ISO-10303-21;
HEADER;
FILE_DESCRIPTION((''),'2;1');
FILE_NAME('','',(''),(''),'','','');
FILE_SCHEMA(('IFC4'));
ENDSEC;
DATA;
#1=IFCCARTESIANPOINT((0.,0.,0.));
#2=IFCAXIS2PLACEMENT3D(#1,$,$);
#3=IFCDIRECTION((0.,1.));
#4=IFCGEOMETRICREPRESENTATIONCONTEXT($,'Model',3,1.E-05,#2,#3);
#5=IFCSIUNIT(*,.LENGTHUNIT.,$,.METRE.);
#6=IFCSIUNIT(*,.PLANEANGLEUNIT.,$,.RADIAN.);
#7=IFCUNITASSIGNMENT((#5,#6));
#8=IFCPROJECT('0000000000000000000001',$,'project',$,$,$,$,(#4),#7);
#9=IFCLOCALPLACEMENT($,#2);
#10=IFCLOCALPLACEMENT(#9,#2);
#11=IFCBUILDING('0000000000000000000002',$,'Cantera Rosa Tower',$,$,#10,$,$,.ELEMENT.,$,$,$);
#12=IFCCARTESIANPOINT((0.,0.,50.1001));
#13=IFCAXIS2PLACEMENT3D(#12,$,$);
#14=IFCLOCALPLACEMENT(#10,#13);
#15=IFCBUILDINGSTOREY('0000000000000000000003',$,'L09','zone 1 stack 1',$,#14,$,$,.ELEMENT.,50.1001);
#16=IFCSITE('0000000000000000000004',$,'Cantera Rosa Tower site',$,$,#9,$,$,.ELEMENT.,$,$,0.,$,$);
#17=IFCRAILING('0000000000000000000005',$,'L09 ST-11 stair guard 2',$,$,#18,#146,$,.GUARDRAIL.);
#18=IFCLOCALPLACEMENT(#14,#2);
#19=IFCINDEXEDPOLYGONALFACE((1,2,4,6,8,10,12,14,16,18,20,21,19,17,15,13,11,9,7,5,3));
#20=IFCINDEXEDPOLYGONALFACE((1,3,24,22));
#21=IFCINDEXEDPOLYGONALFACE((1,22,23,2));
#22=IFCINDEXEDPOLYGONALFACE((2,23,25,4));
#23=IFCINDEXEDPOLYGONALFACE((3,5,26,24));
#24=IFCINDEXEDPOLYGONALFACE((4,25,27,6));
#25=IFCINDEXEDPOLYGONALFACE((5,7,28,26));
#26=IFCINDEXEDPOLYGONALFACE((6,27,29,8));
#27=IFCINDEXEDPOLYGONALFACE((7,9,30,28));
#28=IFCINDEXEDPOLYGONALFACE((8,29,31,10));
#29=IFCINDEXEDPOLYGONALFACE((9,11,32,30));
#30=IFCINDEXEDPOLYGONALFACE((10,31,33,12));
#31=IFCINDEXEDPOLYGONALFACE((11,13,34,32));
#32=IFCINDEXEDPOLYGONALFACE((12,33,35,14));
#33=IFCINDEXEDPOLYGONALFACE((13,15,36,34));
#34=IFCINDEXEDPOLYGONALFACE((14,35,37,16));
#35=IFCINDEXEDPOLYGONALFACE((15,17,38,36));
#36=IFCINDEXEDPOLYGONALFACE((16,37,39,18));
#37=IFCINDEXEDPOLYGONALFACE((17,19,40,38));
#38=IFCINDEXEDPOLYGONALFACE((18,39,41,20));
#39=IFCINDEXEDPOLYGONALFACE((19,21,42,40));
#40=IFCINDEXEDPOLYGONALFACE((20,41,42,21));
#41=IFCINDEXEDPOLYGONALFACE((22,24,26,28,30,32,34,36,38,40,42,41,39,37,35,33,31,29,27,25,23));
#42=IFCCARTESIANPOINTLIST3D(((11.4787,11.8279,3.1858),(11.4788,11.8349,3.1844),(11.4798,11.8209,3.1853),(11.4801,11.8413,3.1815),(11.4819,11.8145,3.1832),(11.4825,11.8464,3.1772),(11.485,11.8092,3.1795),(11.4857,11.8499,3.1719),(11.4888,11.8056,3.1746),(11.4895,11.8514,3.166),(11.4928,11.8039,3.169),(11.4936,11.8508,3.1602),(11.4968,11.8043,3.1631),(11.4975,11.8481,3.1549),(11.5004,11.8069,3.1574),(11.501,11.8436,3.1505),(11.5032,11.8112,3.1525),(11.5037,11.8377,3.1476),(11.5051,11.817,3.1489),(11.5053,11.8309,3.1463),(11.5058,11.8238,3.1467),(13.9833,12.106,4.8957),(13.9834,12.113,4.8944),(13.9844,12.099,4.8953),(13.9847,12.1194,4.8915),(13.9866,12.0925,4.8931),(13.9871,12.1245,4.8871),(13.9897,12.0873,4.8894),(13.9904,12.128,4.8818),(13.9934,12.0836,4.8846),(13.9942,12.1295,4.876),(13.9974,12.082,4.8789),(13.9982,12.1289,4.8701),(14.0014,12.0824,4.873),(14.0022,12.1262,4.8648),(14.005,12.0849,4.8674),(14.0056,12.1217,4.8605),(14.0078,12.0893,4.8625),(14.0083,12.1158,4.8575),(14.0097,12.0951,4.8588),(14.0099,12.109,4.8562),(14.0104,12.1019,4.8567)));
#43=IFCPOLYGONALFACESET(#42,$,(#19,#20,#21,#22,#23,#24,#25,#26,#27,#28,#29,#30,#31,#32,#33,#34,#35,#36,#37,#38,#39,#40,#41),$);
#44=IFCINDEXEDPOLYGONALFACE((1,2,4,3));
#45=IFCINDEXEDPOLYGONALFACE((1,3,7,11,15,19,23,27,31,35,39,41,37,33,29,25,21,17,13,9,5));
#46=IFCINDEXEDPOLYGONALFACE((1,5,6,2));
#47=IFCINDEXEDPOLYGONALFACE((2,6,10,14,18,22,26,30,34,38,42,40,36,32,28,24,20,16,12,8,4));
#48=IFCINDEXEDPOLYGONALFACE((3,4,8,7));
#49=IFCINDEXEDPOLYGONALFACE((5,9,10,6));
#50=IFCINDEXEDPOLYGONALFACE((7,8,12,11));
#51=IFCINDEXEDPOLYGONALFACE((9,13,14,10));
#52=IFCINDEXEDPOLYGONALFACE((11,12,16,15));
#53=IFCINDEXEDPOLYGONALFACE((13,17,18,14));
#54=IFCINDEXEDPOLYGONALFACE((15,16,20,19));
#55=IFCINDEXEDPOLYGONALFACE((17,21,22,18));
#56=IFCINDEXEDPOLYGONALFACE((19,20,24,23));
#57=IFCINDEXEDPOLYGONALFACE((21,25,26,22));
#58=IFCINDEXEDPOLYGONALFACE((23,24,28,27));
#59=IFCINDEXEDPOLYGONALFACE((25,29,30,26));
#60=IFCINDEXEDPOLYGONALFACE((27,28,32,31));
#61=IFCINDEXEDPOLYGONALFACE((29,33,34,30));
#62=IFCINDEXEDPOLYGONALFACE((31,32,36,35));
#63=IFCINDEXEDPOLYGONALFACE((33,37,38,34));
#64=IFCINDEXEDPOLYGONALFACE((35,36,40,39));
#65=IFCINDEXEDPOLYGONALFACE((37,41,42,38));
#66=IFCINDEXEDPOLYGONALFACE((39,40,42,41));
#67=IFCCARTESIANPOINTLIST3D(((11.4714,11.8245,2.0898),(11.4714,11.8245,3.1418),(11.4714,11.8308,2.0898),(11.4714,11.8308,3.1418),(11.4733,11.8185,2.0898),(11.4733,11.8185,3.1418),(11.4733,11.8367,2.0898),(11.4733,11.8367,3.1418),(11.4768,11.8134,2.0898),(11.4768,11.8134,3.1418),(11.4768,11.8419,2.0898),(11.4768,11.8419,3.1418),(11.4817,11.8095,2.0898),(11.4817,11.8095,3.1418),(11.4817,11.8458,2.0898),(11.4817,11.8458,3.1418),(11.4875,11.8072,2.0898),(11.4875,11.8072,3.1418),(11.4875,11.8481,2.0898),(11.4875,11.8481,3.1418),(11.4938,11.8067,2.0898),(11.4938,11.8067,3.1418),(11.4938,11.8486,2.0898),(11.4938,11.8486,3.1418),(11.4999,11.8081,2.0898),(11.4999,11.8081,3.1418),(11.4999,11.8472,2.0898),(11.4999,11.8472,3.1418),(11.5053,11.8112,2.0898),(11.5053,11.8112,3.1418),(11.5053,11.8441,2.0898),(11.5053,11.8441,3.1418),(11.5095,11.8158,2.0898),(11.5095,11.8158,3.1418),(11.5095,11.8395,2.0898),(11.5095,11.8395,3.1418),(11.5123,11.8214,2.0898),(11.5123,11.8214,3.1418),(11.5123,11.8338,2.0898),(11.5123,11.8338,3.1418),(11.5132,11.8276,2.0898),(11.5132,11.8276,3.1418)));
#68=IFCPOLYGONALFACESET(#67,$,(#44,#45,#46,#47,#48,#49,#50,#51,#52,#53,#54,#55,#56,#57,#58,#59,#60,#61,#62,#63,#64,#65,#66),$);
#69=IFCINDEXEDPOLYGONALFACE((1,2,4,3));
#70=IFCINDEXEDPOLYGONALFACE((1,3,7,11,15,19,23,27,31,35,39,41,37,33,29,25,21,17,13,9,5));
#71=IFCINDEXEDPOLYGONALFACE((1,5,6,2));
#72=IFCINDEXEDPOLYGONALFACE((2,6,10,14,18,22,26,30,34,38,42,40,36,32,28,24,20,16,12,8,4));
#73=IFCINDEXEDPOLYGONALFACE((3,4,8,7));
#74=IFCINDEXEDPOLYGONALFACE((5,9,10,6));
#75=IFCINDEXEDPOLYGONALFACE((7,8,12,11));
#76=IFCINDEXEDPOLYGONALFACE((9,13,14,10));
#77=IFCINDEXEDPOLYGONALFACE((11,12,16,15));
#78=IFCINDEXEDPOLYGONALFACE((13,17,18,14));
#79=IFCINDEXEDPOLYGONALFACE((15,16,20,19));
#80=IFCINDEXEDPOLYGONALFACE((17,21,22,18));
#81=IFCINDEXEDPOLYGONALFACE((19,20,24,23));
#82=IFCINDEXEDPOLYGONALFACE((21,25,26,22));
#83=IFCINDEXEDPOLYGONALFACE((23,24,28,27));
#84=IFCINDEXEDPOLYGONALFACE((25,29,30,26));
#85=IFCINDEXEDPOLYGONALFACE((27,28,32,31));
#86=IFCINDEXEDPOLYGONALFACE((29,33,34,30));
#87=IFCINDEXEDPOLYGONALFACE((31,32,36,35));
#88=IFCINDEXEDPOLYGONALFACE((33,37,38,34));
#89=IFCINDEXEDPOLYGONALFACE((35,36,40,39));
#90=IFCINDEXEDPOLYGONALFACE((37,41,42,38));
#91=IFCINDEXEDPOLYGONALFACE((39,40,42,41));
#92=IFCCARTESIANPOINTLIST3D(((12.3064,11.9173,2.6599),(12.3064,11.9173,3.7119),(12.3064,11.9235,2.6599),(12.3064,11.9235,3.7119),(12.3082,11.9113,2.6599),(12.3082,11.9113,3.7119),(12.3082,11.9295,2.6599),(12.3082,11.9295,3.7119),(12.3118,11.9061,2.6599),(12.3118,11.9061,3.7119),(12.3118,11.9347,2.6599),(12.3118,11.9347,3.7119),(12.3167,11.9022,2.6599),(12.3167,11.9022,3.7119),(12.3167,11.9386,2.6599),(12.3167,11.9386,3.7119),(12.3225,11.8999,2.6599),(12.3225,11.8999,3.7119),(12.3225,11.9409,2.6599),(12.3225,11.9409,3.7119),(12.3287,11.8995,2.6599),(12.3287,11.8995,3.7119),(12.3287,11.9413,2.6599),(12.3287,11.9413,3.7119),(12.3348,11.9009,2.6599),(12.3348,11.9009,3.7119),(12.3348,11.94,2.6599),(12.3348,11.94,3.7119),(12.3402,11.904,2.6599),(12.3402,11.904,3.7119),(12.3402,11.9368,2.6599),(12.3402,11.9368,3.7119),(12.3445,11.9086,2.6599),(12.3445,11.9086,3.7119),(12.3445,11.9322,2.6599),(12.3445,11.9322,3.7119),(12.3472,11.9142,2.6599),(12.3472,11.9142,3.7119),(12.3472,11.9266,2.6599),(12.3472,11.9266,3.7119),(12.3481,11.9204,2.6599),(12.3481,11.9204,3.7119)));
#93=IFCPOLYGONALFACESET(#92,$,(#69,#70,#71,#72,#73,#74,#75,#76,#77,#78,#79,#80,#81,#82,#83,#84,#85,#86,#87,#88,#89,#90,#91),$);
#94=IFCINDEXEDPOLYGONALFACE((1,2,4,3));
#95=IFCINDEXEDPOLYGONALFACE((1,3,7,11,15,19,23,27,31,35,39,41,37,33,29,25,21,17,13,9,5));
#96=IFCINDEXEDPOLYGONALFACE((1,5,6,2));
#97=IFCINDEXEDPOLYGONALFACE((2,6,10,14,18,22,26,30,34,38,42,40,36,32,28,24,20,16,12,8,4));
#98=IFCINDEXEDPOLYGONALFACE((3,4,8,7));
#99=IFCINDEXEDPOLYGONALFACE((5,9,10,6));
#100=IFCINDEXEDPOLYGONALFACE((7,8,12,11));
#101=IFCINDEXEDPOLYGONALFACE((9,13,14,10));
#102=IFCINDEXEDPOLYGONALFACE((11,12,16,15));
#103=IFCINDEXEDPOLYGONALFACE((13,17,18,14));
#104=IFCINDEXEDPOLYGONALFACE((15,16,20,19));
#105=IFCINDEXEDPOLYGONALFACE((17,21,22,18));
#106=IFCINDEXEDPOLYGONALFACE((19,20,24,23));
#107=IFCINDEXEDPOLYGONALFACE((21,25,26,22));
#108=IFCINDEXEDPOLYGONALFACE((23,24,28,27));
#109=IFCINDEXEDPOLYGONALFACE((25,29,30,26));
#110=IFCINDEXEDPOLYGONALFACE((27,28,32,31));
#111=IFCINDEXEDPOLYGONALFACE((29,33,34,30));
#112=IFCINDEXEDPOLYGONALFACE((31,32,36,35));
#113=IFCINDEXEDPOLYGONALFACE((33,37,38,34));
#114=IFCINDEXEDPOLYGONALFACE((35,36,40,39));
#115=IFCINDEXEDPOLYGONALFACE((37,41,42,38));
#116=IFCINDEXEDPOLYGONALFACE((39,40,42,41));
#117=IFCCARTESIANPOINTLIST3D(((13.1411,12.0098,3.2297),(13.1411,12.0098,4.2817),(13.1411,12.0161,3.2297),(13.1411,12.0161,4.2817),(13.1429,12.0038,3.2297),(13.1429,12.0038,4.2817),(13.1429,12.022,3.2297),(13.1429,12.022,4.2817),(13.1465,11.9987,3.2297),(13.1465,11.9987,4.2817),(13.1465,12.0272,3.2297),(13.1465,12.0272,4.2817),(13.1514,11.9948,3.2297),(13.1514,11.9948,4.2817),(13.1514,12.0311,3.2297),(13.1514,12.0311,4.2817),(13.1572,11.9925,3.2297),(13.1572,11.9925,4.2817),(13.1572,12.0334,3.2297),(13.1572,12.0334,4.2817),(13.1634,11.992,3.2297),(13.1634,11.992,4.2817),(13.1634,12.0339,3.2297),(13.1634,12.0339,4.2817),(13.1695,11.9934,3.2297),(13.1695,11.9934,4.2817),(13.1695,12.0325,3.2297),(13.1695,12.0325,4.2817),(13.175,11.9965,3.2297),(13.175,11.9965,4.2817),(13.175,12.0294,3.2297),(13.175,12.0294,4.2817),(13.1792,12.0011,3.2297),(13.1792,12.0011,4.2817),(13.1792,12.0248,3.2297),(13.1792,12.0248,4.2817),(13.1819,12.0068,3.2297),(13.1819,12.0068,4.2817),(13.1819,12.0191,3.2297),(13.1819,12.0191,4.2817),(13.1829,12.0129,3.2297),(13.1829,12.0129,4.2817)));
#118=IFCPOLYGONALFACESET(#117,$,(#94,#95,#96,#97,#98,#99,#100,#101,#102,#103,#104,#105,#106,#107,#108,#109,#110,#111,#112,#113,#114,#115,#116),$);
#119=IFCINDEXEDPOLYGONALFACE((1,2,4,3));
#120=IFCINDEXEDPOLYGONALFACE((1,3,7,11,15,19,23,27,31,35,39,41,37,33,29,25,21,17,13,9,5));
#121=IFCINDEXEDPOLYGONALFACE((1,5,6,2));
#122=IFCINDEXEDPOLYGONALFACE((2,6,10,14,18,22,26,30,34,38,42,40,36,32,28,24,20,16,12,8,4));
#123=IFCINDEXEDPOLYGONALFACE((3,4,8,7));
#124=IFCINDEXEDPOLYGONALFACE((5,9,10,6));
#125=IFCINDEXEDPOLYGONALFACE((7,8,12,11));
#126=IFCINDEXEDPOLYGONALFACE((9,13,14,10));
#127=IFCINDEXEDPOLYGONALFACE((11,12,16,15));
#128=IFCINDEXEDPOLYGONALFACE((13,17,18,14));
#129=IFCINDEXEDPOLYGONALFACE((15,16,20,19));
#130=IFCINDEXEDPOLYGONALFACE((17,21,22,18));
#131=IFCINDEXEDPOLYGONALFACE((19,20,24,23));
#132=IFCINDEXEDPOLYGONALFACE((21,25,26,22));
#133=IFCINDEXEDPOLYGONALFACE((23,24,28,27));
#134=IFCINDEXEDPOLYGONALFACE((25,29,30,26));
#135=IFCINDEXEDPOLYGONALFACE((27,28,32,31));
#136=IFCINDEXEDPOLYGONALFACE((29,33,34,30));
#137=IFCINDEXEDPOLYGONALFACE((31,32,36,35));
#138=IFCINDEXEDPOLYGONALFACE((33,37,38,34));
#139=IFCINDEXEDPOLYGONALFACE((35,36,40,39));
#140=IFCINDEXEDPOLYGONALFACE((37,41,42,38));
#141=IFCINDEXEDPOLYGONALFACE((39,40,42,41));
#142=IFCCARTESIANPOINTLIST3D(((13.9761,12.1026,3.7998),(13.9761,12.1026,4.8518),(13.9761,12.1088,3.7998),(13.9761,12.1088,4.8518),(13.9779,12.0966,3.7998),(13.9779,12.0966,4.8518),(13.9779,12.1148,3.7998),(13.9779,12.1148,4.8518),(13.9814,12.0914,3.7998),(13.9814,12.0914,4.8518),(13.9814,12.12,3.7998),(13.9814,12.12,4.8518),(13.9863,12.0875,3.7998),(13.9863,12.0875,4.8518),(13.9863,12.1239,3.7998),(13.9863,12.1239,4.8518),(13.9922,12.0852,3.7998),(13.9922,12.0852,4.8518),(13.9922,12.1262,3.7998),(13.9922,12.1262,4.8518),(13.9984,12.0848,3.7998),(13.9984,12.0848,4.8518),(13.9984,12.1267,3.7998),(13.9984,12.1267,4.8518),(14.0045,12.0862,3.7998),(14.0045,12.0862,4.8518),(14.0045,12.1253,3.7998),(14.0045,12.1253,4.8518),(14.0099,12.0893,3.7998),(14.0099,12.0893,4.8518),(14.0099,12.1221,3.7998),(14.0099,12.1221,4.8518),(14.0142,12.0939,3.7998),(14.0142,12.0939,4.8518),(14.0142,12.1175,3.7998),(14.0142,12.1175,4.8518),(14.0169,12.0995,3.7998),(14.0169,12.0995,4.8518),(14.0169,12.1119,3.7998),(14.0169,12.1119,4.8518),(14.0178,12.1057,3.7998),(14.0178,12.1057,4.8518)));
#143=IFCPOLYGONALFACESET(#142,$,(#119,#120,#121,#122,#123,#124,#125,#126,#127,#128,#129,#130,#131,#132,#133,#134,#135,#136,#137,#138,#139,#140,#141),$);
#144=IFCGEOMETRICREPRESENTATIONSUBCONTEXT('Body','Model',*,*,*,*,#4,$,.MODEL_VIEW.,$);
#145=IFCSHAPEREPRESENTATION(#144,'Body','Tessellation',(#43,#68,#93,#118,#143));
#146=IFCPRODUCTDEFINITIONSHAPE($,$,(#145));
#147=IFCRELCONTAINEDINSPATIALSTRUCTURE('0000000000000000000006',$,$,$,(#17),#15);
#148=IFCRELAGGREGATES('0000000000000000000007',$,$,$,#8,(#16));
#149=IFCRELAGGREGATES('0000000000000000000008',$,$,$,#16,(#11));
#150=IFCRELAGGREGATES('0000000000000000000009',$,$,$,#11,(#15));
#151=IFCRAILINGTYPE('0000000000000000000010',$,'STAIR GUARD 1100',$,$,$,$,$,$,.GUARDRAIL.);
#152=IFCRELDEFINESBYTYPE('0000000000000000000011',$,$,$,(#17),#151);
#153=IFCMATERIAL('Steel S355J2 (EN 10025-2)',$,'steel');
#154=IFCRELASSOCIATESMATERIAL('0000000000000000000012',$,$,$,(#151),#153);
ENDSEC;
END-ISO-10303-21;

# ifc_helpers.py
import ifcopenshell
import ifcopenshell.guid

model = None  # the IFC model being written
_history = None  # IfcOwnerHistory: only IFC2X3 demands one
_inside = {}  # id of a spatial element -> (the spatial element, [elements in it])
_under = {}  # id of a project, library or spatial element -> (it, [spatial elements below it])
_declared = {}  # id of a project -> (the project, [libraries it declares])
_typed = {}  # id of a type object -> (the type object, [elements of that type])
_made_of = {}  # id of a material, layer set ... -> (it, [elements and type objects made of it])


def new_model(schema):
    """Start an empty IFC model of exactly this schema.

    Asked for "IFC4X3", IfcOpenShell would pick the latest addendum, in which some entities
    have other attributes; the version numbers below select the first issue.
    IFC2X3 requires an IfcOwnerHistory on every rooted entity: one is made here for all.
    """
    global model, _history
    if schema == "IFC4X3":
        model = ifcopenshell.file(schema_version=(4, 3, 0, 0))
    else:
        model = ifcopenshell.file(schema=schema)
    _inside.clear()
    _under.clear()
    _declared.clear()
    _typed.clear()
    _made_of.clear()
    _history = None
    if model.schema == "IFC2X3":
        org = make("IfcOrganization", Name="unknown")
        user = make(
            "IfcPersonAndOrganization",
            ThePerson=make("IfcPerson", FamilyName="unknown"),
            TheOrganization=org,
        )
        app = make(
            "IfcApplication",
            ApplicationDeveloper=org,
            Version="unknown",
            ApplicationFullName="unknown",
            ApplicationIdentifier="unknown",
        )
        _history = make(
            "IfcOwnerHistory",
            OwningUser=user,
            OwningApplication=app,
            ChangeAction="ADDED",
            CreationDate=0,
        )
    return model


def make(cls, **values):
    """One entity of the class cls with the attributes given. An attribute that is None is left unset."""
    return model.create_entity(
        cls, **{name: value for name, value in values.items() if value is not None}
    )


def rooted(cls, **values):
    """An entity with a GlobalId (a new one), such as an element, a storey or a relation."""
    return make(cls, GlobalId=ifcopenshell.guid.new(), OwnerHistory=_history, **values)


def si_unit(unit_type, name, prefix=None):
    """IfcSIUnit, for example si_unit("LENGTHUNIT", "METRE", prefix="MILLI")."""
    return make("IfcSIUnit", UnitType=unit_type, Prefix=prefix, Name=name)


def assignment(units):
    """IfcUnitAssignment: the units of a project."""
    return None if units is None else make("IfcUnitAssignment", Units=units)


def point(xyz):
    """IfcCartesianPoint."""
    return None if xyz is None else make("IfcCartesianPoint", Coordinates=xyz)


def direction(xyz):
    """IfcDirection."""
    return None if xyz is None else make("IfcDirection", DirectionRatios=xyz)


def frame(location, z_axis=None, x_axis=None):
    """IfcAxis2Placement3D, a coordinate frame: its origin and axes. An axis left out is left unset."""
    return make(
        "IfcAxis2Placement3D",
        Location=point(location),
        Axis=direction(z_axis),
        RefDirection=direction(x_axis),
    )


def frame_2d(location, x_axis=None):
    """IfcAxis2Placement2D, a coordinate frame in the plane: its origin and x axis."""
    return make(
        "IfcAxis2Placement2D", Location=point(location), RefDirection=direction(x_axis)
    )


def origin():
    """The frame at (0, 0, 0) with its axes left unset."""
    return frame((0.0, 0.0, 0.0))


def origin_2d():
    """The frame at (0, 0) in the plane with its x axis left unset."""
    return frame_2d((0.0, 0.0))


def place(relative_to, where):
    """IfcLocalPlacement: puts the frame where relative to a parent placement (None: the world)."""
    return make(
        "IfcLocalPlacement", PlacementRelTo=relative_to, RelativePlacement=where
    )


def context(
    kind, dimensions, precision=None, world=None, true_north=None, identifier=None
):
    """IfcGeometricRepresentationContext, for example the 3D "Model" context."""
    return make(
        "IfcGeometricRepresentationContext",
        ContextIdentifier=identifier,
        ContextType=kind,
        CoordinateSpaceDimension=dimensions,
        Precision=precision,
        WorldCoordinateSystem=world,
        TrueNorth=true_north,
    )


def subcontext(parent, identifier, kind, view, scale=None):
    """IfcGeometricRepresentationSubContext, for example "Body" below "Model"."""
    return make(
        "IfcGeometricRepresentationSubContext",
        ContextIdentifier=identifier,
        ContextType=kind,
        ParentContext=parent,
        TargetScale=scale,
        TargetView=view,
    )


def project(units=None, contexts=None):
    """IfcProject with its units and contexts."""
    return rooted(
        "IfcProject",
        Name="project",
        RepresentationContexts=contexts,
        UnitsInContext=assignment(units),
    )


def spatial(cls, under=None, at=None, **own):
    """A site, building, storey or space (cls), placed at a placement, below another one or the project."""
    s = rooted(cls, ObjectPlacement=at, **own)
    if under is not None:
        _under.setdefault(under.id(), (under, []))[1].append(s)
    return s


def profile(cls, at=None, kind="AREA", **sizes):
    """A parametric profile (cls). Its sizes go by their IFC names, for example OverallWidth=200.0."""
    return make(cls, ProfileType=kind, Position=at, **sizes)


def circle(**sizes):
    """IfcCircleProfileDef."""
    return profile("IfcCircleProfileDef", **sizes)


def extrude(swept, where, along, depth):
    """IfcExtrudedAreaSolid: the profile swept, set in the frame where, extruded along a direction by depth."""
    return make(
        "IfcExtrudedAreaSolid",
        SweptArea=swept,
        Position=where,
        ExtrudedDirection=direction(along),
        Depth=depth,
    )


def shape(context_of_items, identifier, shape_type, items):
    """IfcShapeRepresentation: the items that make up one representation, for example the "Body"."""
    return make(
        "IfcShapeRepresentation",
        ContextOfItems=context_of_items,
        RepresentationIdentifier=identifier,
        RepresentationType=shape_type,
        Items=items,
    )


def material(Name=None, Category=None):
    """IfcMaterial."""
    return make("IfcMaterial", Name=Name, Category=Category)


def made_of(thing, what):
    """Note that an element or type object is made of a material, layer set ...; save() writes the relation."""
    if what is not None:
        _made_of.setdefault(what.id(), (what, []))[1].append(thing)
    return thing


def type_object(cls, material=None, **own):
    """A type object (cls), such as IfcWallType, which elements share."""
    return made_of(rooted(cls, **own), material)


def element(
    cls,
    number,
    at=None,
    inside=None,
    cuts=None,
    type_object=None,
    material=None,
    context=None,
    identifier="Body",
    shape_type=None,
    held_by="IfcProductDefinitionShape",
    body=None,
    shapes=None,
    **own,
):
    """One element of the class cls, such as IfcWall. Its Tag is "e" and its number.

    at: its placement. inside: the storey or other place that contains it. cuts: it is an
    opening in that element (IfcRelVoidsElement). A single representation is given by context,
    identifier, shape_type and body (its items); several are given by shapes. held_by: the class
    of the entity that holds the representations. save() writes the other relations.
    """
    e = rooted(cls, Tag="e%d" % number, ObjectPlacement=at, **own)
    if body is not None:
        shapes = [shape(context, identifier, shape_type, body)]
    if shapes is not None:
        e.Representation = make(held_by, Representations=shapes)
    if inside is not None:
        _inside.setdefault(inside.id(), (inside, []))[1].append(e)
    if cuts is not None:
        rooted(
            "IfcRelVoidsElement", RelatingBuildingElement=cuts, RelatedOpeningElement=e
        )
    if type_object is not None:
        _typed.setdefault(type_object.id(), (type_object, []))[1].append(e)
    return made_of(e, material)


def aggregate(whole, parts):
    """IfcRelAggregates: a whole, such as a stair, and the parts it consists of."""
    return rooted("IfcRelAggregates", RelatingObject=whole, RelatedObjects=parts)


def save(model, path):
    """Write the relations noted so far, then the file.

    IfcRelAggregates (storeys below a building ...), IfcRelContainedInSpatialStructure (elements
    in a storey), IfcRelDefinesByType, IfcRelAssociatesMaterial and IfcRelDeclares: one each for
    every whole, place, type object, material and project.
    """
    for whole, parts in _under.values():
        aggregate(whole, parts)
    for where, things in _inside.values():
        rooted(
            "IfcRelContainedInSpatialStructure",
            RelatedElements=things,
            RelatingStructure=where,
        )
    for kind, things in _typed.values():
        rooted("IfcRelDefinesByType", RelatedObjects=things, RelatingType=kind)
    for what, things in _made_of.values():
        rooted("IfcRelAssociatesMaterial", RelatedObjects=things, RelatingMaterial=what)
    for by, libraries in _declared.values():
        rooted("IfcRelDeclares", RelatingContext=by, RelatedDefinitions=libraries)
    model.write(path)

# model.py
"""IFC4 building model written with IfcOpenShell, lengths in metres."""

from ifc_helpers import new_model, si_unit, direction, frame, origin, origin_2d, place, context, subcontext, project, spatial, circle, extrude, material, type_object, element, save


model = new_model("IFC4")

# Units and contexts
model_context = context("Model", 3, precision=1e-05, world=origin(), true_north=direction((0.0, 1.0)))
body_context = subcontext(model_context, "Body", "Model", "MODEL_VIEW")
ifc_project = project(units=[si_unit("LENGTHUNIT", "METRE"), si_unit("PLANEANGLEUNIT", "RADIAN")], contexts=[model_context])

# Site, building, storey
site_placement = place(None, origin())
site = spatial("IfcSite", under=ifc_project, at=site_placement, Name="Cantera Rosa Tower site", CompositionType="ELEMENT", RefElevation=0.0)
building_placement = place(site_placement, origin())
building = spatial("IfcBuilding", under=site, at=building_placement, Name="Cantera Rosa Tower", CompositionType="ELEMENT")
storey_placement = place(building_placement, frame((0.0, 0.0, 50.1001)))
storey = spatial("IfcBuildingStorey", under=building, at=storey_placement, Name="L09", Description="zone 1 stack 1", CompositionType="ELEMENT", Elevation=50.1001)

# Railing
ifc_material_1 = material(Name="Steel S355J2 (EN 10025-2)", Category="steel")
railing_type_1 = type_object("IfcRailingType", Name="STAIR GUARD 1100", PredefinedType="GUARDRAIL", material=ifc_material_1)
railing_1_placement = place(storey_placement, frame((11.4922, 11.8276, 2.0898)))
element("IfcRailing", 1, at=railing_1_placement, inside=storey, type_object=railing_type_1, Name="L09 ST-11 stair guard 2", PredefinedType="GUARDRAIL", context=body_context, shape_type="SweptSolid", body=[
    extrude(circle(Radius=0.0239, at=origin_2d()), frame((0.0, 0.0, 1.0762), z_axis=(0.822431, 0.09131, 0.561488), x_axis=(-0.110346, 0.993893, 0.0)), (0.0, 0.0, 1.0), 3.0454),
    extrude(circle(Radius=0.021, at=origin_2d()), origin(), (0.0, 0.0, 1.0), 1.052),
    extrude(circle(Radius=0.021, at=origin_2d()), frame((0.835, 0.0928, 0.5701)), (0.0, 0.0, 1.0), 1.052),
    extrude(circle(Radius=0.021, at=origin_2d()), frame((1.6697, 0.1853, 1.1399)), (0.0, 0.0, 1.0), 1.052),
    extrude(circle(Radius=0.021, at=origin_2d()), frame((2.5046, 0.2781, 1.71)), (0.0, 0.0, 1.0), 1.052),
])

save(model, "model.ifc")
